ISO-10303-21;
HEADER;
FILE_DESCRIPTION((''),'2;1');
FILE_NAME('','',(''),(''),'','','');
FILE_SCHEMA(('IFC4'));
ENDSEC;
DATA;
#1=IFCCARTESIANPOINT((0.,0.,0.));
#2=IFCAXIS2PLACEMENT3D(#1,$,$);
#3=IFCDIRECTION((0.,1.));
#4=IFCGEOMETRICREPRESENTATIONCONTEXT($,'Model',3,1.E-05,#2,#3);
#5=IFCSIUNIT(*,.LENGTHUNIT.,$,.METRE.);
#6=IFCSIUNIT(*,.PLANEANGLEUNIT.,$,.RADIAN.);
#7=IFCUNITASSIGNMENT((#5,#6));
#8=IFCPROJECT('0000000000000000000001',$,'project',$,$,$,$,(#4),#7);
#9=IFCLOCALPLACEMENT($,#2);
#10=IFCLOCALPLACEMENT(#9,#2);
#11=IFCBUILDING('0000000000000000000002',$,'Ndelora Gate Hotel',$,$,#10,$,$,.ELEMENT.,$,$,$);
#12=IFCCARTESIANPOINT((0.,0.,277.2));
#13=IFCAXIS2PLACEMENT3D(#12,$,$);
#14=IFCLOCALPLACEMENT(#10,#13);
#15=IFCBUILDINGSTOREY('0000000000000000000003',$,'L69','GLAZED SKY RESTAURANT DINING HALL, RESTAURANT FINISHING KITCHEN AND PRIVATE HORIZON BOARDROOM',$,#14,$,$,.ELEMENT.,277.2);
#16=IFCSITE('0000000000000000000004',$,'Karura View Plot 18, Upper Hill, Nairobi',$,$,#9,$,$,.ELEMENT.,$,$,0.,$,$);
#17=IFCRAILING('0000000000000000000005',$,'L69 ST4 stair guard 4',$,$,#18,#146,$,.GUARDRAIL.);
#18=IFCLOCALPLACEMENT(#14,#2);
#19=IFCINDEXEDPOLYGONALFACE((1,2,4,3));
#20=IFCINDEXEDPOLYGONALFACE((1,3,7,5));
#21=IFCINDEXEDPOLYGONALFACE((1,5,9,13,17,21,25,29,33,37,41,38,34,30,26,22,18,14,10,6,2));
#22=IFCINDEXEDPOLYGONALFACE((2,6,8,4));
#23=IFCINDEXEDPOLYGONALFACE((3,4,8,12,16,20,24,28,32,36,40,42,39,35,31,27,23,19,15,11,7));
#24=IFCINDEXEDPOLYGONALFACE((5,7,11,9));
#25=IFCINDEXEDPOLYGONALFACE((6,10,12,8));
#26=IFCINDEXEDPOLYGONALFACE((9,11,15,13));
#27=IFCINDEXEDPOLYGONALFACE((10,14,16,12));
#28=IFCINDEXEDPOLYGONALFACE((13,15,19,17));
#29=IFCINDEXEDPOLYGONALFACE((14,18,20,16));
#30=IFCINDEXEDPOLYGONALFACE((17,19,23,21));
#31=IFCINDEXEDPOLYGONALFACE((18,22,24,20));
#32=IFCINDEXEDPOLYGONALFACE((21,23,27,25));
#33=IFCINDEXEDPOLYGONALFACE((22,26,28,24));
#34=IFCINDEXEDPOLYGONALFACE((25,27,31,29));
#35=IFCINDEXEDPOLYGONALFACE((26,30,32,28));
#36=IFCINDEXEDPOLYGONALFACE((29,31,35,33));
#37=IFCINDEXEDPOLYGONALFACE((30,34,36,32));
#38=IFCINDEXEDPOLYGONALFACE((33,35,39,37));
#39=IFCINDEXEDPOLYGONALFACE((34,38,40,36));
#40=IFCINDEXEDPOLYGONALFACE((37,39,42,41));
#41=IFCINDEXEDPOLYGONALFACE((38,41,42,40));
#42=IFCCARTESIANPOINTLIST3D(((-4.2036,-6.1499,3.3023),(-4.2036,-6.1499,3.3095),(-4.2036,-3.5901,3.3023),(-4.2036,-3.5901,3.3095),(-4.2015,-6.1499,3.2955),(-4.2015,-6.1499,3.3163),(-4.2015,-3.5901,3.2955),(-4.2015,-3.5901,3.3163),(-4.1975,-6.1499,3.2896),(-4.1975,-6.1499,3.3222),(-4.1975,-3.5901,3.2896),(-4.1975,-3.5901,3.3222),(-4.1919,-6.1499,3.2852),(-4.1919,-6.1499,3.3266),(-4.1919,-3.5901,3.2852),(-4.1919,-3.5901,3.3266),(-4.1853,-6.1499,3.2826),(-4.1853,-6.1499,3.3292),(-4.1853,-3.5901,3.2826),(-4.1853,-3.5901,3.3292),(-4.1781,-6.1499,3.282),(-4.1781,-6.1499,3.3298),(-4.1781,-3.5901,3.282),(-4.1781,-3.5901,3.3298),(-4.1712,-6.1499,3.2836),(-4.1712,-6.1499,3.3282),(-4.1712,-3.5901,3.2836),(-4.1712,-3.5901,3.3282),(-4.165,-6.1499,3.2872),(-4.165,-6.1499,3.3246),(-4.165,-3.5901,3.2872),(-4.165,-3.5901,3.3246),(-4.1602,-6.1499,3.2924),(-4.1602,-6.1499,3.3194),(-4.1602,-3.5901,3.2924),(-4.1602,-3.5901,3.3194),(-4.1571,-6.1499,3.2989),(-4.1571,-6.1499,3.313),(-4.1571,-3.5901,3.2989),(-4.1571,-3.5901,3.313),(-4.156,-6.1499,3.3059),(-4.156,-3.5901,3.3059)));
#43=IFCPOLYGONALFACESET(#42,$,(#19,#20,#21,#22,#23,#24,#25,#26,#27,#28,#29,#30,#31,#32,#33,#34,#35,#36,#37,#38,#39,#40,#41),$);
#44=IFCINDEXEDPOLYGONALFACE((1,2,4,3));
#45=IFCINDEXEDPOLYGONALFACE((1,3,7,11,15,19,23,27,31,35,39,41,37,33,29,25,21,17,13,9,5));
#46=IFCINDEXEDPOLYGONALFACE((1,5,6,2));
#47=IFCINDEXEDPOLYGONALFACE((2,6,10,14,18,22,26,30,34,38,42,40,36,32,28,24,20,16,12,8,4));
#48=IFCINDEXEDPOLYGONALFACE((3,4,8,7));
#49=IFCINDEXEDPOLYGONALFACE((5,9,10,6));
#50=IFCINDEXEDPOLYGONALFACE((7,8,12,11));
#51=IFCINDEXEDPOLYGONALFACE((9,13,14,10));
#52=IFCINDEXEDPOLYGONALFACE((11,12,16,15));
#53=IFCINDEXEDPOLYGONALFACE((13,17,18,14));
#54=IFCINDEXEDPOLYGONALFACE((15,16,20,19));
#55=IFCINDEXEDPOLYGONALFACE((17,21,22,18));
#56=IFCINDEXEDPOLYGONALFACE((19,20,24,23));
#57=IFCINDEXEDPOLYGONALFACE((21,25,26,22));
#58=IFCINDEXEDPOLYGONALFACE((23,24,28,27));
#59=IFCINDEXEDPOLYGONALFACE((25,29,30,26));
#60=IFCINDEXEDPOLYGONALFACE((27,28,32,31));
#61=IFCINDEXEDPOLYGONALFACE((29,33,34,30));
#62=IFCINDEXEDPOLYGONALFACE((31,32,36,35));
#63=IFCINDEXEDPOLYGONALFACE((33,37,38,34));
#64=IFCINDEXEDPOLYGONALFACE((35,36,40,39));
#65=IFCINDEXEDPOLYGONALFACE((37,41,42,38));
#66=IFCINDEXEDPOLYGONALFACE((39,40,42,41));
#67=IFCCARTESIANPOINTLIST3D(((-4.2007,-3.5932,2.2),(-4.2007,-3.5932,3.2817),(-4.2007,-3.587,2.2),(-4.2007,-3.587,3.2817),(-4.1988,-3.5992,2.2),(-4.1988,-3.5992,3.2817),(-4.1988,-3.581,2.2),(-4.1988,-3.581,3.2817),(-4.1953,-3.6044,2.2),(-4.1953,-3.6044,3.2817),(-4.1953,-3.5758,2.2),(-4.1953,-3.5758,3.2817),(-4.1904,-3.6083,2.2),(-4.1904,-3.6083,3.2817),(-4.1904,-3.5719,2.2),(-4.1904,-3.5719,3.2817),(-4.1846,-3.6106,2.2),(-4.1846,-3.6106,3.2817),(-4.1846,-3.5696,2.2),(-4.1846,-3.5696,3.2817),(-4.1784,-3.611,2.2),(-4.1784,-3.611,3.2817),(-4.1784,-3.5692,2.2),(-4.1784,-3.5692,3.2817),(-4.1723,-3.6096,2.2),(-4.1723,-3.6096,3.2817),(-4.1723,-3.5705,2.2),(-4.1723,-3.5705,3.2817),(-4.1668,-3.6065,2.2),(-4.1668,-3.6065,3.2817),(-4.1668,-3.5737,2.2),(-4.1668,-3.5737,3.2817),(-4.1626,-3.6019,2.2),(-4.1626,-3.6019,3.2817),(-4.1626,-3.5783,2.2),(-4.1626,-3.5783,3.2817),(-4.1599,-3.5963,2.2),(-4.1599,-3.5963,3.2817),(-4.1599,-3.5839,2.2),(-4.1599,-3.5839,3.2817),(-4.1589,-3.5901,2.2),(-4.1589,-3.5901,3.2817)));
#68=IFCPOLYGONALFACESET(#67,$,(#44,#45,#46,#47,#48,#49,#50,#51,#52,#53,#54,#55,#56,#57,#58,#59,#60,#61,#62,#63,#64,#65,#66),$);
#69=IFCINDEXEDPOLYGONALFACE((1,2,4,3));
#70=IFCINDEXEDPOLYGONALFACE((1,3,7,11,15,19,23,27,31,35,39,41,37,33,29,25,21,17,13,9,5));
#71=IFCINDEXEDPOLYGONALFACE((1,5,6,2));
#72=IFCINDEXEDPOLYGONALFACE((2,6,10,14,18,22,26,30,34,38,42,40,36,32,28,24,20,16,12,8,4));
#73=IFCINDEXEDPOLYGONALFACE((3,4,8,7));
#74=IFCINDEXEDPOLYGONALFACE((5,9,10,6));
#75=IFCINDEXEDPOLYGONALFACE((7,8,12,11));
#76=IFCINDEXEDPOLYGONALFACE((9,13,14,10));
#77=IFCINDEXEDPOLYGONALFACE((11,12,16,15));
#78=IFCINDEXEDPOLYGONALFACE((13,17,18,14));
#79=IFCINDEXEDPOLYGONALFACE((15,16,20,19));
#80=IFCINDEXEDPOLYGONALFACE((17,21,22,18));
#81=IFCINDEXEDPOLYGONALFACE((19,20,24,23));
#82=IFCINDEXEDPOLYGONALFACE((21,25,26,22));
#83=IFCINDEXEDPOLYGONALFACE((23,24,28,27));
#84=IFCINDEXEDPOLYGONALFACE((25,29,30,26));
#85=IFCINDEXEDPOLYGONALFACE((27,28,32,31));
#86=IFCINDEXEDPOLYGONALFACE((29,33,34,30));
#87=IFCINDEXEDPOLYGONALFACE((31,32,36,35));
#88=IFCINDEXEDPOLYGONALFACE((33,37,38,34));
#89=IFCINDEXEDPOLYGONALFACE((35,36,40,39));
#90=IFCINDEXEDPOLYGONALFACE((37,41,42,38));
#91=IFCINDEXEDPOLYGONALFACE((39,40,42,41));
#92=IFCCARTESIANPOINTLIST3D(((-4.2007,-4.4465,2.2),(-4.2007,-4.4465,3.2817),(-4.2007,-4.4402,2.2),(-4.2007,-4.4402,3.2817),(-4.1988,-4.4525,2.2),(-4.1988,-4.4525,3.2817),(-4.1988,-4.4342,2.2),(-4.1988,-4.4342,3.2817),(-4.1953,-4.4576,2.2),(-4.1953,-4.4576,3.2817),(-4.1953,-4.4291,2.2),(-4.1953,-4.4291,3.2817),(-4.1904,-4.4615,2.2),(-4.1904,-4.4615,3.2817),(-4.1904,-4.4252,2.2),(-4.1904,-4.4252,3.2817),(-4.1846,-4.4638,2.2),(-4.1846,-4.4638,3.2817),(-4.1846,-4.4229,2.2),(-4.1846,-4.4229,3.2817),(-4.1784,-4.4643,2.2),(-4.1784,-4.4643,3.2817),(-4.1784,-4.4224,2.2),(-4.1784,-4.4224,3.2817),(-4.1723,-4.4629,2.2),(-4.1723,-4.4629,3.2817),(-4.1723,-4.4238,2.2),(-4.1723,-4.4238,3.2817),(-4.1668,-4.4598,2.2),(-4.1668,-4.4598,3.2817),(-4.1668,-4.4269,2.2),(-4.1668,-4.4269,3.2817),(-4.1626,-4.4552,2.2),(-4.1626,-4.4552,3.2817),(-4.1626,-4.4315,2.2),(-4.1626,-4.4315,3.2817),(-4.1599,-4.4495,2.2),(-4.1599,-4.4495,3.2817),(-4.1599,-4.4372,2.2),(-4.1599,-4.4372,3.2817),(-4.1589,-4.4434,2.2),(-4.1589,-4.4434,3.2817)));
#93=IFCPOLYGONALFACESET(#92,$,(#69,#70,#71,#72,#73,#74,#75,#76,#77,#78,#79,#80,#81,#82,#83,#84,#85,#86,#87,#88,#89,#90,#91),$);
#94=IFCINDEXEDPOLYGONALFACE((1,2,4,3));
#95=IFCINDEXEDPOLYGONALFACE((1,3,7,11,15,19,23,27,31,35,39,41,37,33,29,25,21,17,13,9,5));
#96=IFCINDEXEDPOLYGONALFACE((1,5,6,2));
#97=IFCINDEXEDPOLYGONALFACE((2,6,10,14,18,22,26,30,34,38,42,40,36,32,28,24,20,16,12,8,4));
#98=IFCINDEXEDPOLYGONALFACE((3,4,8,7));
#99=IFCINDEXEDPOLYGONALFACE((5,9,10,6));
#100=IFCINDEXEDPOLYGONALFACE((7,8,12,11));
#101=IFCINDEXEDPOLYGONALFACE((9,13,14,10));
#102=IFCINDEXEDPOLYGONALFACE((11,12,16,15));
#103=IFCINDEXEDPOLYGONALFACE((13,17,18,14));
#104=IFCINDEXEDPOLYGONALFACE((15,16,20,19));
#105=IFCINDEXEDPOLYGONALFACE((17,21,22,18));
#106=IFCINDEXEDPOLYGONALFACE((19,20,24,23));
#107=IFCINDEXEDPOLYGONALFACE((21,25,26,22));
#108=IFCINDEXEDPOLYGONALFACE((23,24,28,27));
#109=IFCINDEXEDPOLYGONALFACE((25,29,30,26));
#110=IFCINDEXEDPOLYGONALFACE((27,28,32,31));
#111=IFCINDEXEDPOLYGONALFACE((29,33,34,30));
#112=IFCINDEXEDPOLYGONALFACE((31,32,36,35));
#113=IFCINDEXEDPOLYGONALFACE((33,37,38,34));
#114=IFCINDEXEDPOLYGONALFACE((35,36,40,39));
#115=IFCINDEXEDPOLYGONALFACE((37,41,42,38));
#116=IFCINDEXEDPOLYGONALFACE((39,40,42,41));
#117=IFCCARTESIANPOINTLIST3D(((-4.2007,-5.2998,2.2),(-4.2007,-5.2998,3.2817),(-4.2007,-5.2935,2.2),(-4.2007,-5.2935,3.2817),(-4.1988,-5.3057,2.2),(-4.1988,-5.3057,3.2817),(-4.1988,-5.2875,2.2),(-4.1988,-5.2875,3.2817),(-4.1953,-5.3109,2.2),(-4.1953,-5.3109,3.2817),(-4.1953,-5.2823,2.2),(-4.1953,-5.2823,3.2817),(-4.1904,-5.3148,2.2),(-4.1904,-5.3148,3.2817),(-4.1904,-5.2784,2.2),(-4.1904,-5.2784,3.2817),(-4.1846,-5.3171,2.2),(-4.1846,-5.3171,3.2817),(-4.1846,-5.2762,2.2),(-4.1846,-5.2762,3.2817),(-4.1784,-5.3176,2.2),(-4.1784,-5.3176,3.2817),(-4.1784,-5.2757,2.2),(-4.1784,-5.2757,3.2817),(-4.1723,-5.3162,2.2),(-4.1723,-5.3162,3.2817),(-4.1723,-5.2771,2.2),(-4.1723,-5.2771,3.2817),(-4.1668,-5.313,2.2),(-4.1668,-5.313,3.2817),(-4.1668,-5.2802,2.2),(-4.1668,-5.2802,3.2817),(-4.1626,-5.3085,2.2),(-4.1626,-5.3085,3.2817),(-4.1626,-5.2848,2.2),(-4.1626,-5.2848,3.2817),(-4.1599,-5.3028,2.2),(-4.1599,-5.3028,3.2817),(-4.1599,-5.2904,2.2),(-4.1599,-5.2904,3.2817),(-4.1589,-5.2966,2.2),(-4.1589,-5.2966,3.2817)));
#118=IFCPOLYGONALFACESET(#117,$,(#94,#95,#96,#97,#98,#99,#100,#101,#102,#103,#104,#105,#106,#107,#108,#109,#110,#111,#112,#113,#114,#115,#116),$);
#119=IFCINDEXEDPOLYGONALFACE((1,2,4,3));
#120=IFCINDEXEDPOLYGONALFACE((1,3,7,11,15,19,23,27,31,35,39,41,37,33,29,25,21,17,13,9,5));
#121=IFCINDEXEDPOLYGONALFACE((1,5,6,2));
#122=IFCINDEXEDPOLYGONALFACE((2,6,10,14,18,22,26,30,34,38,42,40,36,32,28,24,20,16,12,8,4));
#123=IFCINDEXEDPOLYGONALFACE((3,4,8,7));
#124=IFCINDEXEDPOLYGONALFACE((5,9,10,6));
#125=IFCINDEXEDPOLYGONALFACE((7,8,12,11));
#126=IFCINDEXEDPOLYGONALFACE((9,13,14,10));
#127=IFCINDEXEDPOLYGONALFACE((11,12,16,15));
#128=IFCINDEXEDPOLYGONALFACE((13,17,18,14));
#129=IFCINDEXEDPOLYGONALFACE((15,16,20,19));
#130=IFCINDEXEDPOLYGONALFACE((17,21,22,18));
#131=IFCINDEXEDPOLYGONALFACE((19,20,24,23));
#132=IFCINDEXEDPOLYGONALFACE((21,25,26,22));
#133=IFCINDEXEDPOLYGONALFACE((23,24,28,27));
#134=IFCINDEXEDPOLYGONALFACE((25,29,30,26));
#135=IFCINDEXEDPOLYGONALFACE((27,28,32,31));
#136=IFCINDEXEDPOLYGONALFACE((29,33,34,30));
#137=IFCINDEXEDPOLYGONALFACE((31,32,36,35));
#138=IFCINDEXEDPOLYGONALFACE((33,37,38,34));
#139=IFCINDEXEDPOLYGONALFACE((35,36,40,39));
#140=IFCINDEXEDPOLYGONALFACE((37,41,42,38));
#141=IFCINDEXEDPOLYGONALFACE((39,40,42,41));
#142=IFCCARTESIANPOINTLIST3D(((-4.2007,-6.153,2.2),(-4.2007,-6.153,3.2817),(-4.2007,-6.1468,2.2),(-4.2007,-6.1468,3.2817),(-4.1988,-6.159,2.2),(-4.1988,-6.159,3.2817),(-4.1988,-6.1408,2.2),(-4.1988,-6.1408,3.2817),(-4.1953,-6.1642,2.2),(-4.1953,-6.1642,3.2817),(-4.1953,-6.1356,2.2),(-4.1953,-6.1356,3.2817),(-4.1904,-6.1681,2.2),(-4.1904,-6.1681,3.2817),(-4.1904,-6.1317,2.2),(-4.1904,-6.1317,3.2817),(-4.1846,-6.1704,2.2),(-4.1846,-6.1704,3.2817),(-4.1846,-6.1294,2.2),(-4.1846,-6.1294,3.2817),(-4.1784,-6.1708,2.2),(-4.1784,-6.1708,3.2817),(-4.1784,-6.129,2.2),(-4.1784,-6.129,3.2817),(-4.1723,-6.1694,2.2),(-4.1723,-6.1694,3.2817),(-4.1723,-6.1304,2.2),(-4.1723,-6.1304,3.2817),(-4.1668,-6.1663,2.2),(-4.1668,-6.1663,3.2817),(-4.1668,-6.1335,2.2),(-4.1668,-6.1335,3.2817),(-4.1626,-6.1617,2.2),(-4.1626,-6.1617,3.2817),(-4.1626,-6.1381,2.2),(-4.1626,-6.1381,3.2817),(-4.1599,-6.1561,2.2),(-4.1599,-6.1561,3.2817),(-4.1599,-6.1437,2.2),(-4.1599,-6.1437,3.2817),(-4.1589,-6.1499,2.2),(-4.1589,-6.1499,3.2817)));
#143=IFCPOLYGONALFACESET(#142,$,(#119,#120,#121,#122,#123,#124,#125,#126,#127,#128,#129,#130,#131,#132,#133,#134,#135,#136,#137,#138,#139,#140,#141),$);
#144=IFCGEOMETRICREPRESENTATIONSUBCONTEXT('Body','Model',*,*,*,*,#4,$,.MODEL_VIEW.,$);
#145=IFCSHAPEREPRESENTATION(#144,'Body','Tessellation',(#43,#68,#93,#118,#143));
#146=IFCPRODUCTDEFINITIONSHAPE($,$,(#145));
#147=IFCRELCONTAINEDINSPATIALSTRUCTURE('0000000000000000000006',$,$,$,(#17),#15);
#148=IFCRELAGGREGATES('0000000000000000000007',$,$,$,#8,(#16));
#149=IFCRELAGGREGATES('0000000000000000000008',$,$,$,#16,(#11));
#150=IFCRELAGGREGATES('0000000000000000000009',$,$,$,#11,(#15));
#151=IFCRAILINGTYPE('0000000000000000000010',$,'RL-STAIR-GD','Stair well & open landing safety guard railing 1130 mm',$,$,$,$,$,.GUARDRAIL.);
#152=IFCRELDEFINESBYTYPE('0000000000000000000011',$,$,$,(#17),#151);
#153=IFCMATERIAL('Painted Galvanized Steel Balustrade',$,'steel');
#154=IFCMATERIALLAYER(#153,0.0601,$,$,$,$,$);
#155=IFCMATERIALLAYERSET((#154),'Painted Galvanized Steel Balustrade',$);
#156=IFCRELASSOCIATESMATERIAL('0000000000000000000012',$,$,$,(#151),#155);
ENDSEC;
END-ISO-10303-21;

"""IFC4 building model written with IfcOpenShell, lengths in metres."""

from ifc_helpers import new_model, si_unit, direction, frame, origin, origin_2d, place, context, subcontext, project, spatial, circle, extrude, material, layer, layer_set, type_object, element, save


model = new_model("IFC4")

# Units and contexts
model_context = context("Model", 3, precision=1e-05, world=origin(), true_north=direction((0.0, 1.0)))
body_context = subcontext(model_context, "Body", "Model", "MODEL_VIEW")
ifc_project = project(units=[si_unit("LENGTHUNIT", "METRE"), si_unit("PLANEANGLEUNIT", "RADIAN")], contexts=[model_context])

# Site, building, storey
site_placement = place(None, origin())
site = spatial("IfcSite", under=ifc_project, at=site_placement, Name="Karura View Plot 18, Upper Hill, Nairobi", CompositionType="ELEMENT", RefElevation=0.0)
building_placement = place(site_placement, origin())
building = spatial("IfcBuilding", under=site, at=building_placement, Name="Ndelora Gate Hotel", CompositionType="ELEMENT")
storey_placement = place(building_placement, frame((0.0, 0.0, 277.2)))
storey = spatial("IfcBuildingStorey", under=building, at=storey_placement, Name="L69", Description="GLAZED SKY RESTAURANT DINING HALL, RESTAURANT FINISHING KITCHEN AND PRIVATE HORIZON BOARDROOM", CompositionType="ELEMENT", Elevation=277.2)

# Railing
ifc_material_1 = material(Name="Painted Galvanized Steel Balustrade", Category="steel")
ifc_layer_1 = layer(ifc_material_1, 0.0601)
ifc_layer_set_1 = layer_set([ifc_layer_1], Name="Painted Galvanized Steel Balustrade")
railing_type_1 = type_object("IfcRailingType", Name="RL-STAIR-GD", Description="Stair well & open landing safety guard railing 1130 mm", PredefinedType="GUARDRAIL", material=ifc_layer_set_1)
for number, where, name in (
    (1, (-4.1799, -3.5901, 2.2), "L69 ST4 stair guard 4"),
):
    element("IfcRailing", number, at=place(storey_placement, frame(where)), inside=storey, type_object=railing_type_1, Name=name, PredefinedType="GUARDRAIL", context=body_context, shape_type="SweptSolid", body=[
        extrude(circle(Radius=0.0239, at=origin_2d()), frame((0.0, 0.0, 1.106), z_axis=(0.0, -1.0, 0.0), x_axis=(1.0, 0.0, 0.0)), (0.0, 0.0, 1.0), 2.5598),
        extrude(circle(Radius=0.021, at=origin_2d()), origin(), (0.0, 0.0, 1.0), 1.0818),
        extrude(circle(Radius=0.021, at=origin_2d()), frame((0.0, -0.8533, 0.0)), (0.0, 0.0, 1.0), 1.0818),
        extrude(circle(Radius=0.021, at=origin_2d()), frame((0.0, -1.7065, 0.0)), (0.0, 0.0, 1.0), 1.0818),
        extrude(circle(Radius=0.021, at=origin_2d()), frame((0.0, -2.5598, 0.0)), (0.0, 0.0, 1.0), 1.0818),
    ])

save(model, "model.ifc")
